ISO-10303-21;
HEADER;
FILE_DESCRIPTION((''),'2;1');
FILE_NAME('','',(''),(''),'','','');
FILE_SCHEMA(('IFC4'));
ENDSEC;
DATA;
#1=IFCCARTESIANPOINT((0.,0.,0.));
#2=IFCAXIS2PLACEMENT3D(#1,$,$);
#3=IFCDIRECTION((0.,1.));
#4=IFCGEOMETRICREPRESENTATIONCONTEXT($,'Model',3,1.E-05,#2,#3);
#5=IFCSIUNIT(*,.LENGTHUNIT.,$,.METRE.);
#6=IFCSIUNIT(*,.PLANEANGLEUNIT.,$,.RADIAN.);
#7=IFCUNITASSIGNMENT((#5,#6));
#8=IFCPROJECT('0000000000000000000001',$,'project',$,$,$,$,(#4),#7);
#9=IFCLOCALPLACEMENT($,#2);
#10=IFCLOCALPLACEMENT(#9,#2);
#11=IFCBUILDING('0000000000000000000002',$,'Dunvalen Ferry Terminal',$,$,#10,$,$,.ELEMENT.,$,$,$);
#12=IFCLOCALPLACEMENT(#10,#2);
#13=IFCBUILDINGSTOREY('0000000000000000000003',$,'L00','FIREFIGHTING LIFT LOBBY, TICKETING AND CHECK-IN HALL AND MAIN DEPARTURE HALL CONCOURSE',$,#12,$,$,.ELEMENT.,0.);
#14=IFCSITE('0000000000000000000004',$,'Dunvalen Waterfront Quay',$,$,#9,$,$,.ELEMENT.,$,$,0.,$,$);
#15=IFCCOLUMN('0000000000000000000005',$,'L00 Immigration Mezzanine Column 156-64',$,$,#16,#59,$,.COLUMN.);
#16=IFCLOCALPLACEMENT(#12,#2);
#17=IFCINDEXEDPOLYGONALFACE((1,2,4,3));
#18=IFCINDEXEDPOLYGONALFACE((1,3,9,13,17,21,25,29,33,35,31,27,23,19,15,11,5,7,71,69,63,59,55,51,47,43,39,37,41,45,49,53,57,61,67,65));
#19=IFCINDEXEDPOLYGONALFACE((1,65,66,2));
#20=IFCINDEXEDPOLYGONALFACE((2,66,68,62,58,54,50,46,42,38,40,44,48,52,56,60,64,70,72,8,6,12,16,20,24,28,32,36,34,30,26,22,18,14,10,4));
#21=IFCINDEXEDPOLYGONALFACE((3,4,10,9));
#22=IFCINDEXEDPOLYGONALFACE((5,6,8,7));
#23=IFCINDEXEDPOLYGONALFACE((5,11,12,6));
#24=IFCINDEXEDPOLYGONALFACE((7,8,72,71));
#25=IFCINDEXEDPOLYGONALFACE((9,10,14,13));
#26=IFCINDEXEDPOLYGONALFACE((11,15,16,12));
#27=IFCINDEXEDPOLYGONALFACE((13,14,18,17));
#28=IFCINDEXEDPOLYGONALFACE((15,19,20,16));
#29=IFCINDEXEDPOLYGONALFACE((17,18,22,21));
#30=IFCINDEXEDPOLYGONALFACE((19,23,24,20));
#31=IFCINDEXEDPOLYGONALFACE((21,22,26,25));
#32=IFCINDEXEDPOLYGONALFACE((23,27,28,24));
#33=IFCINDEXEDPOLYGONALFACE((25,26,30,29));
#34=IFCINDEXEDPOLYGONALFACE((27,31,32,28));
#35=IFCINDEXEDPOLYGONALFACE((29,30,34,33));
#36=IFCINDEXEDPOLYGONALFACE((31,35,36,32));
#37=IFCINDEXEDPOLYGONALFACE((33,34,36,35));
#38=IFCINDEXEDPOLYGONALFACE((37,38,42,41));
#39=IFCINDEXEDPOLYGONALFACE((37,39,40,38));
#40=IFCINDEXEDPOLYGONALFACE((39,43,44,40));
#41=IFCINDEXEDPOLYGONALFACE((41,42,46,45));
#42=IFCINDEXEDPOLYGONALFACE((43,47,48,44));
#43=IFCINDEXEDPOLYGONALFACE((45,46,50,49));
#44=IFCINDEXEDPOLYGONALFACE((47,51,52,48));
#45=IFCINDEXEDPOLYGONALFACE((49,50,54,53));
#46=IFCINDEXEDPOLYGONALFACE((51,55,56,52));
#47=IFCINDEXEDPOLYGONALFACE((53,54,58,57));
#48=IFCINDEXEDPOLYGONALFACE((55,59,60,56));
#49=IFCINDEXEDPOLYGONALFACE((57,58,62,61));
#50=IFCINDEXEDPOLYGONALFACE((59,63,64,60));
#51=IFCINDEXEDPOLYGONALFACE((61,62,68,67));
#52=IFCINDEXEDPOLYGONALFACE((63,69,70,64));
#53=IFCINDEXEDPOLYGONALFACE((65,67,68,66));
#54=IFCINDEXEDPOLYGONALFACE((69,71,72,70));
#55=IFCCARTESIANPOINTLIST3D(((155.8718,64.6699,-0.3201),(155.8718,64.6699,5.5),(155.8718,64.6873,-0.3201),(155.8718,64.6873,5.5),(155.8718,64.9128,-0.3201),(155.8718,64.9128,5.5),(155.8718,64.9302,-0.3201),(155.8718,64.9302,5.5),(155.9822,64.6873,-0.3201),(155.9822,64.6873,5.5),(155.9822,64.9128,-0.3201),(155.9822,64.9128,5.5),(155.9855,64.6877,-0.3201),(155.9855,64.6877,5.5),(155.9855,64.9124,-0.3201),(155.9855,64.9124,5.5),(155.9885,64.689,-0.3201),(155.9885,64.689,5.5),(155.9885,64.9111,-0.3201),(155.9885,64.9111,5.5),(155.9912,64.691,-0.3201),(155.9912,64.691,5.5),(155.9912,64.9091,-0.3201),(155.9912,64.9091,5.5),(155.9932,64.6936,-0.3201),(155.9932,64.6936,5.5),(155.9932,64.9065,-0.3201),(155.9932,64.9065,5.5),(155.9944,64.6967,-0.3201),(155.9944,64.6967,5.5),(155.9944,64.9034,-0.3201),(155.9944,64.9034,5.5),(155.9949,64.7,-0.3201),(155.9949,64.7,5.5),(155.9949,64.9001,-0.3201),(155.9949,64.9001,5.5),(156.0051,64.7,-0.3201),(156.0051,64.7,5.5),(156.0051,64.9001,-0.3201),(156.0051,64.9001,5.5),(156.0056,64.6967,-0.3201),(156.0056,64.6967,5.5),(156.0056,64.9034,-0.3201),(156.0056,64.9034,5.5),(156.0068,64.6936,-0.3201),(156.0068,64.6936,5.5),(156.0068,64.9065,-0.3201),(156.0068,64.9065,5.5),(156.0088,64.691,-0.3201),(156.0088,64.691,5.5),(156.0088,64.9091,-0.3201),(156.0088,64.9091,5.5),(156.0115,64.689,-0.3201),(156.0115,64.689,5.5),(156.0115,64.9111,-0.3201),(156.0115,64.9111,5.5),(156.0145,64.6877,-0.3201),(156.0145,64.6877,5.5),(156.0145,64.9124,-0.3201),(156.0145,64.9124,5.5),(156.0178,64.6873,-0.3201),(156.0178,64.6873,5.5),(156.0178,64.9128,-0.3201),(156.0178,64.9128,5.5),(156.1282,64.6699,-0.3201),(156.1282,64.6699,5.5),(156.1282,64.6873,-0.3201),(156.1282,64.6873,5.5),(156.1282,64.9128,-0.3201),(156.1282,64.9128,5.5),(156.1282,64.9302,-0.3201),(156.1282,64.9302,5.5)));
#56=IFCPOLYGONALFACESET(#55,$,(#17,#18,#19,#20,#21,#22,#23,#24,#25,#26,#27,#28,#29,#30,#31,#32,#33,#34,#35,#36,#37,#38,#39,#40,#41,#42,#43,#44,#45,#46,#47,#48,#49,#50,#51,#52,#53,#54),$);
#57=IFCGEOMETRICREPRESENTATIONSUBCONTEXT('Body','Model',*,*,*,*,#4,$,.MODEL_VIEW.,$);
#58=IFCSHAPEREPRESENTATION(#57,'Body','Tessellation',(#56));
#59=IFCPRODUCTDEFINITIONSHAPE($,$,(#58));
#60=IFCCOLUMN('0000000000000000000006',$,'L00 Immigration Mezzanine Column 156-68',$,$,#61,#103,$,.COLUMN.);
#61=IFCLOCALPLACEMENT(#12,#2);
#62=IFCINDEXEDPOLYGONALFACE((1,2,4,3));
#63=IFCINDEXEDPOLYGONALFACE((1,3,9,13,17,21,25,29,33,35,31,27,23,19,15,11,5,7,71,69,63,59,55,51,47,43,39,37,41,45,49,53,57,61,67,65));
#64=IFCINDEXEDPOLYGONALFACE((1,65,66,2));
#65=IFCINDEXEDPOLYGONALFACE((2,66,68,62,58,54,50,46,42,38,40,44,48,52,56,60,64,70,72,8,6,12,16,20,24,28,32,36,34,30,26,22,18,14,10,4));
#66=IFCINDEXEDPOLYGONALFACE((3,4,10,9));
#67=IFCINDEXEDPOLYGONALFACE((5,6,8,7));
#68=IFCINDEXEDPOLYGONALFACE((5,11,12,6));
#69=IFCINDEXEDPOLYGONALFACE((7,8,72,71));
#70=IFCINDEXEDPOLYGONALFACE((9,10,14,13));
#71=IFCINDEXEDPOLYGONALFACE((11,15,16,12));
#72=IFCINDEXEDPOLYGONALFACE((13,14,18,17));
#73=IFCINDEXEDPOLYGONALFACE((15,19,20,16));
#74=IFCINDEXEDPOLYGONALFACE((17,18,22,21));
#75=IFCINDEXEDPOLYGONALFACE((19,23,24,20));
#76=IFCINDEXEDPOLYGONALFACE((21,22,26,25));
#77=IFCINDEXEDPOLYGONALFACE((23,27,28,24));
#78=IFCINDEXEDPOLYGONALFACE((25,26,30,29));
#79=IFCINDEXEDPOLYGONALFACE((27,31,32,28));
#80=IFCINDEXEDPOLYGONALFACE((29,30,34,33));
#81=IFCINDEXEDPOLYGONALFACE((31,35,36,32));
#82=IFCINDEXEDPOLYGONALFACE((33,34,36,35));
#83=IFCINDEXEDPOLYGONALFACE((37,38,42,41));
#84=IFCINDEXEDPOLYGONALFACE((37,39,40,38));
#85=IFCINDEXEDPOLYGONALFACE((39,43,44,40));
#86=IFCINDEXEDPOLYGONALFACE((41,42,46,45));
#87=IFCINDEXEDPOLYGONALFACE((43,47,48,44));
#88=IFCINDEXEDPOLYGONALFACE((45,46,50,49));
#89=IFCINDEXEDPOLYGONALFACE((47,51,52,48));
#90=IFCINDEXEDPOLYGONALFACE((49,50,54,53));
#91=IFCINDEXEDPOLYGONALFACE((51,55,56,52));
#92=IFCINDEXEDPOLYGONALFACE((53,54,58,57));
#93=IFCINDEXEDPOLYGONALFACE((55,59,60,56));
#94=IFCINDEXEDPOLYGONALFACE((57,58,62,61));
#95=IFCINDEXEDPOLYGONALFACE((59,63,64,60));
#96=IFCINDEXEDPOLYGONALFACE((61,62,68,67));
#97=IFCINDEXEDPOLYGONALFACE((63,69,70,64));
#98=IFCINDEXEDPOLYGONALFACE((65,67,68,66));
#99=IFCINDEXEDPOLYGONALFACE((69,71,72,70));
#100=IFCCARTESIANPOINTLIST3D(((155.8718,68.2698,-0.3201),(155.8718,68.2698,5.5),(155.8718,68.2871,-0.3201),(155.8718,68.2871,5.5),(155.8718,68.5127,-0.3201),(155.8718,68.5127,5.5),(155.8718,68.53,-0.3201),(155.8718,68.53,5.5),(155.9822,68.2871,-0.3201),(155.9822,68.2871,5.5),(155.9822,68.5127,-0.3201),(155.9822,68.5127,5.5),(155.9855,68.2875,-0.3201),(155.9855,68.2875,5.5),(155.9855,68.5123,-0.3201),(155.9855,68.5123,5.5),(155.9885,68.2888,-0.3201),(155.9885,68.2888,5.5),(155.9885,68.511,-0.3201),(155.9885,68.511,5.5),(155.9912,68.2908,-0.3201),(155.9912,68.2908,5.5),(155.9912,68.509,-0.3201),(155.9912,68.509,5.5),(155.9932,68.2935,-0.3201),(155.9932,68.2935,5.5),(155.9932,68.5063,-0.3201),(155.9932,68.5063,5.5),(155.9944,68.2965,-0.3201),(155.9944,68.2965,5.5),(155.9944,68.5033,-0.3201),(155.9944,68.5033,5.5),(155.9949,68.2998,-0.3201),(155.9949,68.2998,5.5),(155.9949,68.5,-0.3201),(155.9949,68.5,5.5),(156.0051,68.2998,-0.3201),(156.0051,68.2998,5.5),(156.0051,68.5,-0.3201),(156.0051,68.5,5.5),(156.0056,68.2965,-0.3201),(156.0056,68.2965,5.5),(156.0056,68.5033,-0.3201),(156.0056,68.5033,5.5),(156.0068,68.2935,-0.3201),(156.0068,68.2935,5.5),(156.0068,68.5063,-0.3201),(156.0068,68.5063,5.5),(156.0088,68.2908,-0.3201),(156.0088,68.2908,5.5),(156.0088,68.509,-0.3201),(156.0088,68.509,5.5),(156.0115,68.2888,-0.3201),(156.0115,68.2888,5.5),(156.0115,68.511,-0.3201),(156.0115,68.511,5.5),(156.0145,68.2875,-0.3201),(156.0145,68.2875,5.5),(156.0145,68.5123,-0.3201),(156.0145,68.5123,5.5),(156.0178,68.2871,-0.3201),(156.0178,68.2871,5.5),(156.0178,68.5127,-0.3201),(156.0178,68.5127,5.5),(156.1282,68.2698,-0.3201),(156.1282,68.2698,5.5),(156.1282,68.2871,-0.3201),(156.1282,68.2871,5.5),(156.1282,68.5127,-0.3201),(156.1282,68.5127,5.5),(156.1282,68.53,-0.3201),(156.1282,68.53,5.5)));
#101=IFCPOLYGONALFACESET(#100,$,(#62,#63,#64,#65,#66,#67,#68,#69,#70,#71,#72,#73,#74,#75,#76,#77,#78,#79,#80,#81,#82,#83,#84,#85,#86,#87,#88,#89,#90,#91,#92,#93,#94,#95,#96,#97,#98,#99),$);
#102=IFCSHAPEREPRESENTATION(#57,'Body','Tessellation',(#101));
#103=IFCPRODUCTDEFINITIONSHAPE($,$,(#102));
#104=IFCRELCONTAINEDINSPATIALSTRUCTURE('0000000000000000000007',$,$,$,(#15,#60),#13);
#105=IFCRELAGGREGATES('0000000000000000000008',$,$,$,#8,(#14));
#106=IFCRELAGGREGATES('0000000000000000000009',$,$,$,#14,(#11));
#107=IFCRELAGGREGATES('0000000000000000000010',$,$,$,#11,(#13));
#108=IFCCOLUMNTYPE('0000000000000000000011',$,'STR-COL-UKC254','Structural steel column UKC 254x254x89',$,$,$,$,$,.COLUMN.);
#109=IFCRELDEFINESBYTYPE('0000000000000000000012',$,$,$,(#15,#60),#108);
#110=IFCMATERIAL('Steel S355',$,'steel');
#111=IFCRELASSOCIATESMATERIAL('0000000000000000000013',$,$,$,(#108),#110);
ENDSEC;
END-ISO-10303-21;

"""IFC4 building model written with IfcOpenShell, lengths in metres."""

from ifc_helpers import new_model, si_unit, direction, frame, origin, origin_2d, place, context, subcontext, project, spatial, i_section, extrude, material, material_profile, profile_set, type_object, element, save


model = new_model("IFC4")

# Units and contexts
model_context = context("Model", 3, precision=1e-05, world=origin(), true_north=direction((0.0, 1.0)))
body_context = subcontext(model_context, "Body", "Model", "MODEL_VIEW")
ifc_project = project(units=[si_unit("LENGTHUNIT", "METRE"), si_unit("PLANEANGLEUNIT", "RADIAN")], contexts=[model_context])

# Site, building, storey
site_placement = place(None, origin())
site = spatial("IfcSite", under=ifc_project, at=site_placement, Name="Dunvalen Waterfront Quay", CompositionType="ELEMENT", RefElevation=0.0)
building_placement = place(site_placement, origin())
building = spatial("IfcBuilding", under=site, at=building_placement, Name="Dunvalen Ferry Terminal", CompositionType="ELEMENT")
storey_placement = place(building_placement, origin())
storey = spatial("IfcBuildingStorey", under=building, at=storey_placement, Name="L00", Description="FIREFIGHTING LIFT LOBBY, TICKETING AND CHECK-IN HALL AND MAIN DEPARTURE HALL CONCOURSE", CompositionType="ELEMENT", Elevation=0.0)

# Columns
ifc_material_1 = material(Name="Steel S355", Category="steel")
ifc_material_profile_1 = material_profile(ifc_material_1, i_section(OverallWidth=0.2563, OverallDepth=0.2603, WebThickness=0.0103, FlangeThickness=0.0173, FilletRadius=0.0127, at=origin_2d()), Name="Steel S355")
ifc_profile_set_1 = profile_set([ifc_material_profile_1], Name="Steel S355")
column_type = type_object("IfcColumnType", Name="STR-COL-UKC254", Description="Structural steel column UKC 254x254x89", PredefinedType="COLUMN", material=ifc_profile_set_1)
for number, where, z_axis, x_axis, name in (
    (1, (156.0, 64.8, -0.3201), (0.0, 0.0, 1.0), (1.0, 0.0, 0.0), "L00 Immigration Mezzanine Column 156-64"),
    (2, (156.0, 68.3999, -0.3201), (0.0, 0.0, 1.0), (1.0, 0.0, 0.0), "L00 Immigration Mezzanine Column 156-68"),
):
    element("IfcColumn", number, at=place(storey_placement, frame(where, z_axis=z_axis, x_axis=x_axis)), inside=storey, type_object=column_type, Name=name, PredefinedType="COLUMN", context=body_context, shape_type="SweptSolid", body=[
        extrude(i_section(OverallWidth=0.2563, OverallDepth=0.2603, WebThickness=0.0103, FlangeThickness=0.0173, FilletRadius=0.0127, at=origin_2d()), origin(), (0.0, 0.0, 1.0), 5.8201),
    ])

save(model, "model.ifc")
